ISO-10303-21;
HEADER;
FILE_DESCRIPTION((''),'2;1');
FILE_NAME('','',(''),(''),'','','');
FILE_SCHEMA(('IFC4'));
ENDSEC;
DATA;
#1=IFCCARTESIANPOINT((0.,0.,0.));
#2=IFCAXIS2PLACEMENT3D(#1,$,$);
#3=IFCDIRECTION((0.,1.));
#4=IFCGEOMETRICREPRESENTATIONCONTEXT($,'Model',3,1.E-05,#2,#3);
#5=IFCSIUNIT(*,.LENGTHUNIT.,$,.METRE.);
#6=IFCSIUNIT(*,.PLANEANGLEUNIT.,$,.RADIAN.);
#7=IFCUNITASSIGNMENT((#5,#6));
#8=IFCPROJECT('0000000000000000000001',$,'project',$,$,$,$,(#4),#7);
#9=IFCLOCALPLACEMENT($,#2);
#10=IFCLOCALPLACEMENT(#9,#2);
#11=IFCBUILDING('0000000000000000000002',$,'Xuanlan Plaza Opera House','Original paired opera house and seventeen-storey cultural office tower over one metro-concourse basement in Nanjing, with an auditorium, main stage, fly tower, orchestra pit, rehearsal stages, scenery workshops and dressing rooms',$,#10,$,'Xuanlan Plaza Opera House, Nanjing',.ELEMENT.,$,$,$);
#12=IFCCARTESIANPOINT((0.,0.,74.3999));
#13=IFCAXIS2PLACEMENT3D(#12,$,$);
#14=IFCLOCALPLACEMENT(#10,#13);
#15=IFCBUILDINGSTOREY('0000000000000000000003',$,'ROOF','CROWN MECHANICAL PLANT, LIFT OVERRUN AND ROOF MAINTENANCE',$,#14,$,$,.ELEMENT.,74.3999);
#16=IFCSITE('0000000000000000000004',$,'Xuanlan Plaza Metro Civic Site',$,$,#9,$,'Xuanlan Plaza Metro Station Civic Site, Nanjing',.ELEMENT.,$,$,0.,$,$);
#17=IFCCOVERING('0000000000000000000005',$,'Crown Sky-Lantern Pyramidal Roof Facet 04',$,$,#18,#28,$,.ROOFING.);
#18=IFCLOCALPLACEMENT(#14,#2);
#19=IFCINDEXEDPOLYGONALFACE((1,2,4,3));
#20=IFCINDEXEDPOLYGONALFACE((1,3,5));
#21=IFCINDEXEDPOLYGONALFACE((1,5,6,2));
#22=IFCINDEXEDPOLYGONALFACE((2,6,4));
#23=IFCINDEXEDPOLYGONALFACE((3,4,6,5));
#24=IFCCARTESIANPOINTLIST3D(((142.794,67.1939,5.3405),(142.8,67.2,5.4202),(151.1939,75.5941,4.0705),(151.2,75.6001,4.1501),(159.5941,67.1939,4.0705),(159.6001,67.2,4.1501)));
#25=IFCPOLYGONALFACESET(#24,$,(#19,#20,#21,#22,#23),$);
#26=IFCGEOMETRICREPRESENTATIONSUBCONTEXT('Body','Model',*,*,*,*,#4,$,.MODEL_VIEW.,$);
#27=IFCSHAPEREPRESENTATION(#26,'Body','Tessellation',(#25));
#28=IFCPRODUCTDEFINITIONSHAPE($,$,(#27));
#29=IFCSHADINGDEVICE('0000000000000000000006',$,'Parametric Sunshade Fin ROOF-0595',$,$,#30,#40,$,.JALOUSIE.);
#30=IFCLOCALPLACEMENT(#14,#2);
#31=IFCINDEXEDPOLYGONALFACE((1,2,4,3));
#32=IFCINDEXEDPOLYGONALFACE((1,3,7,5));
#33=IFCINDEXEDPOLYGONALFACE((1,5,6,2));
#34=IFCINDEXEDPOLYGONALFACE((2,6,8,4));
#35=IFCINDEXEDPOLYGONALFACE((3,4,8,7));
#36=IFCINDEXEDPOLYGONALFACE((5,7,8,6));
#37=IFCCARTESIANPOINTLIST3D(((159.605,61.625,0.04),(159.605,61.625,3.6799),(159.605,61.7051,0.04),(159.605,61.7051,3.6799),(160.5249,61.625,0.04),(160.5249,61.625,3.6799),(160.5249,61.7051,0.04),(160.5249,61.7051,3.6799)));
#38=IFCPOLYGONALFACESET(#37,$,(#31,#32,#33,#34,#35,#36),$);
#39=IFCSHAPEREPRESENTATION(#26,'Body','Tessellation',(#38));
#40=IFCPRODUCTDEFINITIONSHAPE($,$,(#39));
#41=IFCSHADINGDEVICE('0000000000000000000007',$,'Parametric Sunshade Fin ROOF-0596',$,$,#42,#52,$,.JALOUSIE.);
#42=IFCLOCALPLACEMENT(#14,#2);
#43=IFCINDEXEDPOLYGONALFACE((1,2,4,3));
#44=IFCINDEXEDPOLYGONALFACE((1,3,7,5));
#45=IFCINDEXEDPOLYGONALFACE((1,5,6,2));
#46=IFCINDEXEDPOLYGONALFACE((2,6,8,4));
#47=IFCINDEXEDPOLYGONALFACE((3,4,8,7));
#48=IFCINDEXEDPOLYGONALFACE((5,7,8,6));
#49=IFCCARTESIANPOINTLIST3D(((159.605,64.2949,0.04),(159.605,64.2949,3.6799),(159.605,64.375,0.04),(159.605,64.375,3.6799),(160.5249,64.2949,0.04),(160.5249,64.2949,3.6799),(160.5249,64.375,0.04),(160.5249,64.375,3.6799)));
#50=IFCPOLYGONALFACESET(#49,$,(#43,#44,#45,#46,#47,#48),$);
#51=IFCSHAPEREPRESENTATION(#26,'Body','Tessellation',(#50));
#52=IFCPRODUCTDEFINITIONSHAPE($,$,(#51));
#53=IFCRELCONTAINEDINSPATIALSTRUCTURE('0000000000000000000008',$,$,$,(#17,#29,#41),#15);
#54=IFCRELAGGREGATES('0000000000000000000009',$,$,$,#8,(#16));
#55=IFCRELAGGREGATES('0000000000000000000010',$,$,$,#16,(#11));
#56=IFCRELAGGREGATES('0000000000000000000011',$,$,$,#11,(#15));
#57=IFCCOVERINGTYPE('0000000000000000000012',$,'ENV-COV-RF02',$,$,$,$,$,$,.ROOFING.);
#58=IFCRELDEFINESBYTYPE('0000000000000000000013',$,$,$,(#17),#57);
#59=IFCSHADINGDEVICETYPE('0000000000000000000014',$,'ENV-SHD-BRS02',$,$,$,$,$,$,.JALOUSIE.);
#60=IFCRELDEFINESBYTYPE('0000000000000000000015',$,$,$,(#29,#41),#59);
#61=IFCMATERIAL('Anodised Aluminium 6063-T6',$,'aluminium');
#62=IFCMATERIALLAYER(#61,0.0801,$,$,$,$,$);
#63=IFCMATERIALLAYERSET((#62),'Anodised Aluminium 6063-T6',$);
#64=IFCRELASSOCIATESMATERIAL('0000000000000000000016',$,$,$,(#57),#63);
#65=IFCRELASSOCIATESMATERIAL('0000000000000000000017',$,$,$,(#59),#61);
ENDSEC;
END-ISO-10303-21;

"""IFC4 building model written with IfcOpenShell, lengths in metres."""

from ifc_helpers import new_model, si_unit, direction, frame, origin, origin_2d, place, context, subcontext, project, spatial, polyline, rectangle, outline, extrude, material, layer, layer_set, type_object, element, save


model = new_model("IFC4")

# Units and contexts
model_context = context("Model", 3, precision=1e-05, world=origin(), true_north=direction((0.0, 1.0)))
body_context = subcontext(model_context, "Body", "Model", "MODEL_VIEW")
ifc_project = project(units=[si_unit("LENGTHUNIT", "METRE"), si_unit("PLANEANGLEUNIT", "RADIAN")], contexts=[model_context])

# Site, building, storey
site_placement = place(None, origin())
site = spatial("IfcSite", under=ifc_project, at=site_placement, Name="Xuanlan Plaza Metro Civic Site", LongName="Xuanlan Plaza Metro Station Civic Site, Nanjing", CompositionType="ELEMENT", RefElevation=0.0)
building_placement = place(site_placement, origin())
building = spatial("IfcBuilding", under=site, at=building_placement, Name="Xuanlan Plaza Opera House", Description="Original paired opera house and seventeen-storey cultural office tower over one metro-concourse basement in Nanjing, with an auditorium, main stage, fly tower, orchestra pit, rehearsal stages, scenery workshops and dressing rooms", LongName="Xuanlan Plaza Opera House, Nanjing", CompositionType="ELEMENT")
storey_placement = place(building_placement, frame((0.0, 0.0, 74.3999)))
storey = spatial("IfcBuildingStorey", under=building, at=storey_placement, Name="ROOF", Description="CROWN MECHANICAL PLANT, LIFT OVERRUN AND ROOF MAINTENANCE", CompositionType="ELEMENT", Elevation=74.3999)

# Shared definitions
ifc_material_1 = material(Name="Anodised Aluminium 6063-T6", Category="aluminium")

# Covering
ifc_layer_1 = layer(ifc_material_1, 0.0801)
ifc_layer_set_1 = layer_set([ifc_layer_1], Name="Anodised Aluminium 6063-T6")
covering_type = type_object("IfcCoveringType", Name="ENV-COV-RF02", PredefinedType="ROOFING", material=ifc_layer_set_1)
covering_placement = place(storey_placement, frame((159.6001, 67.2, 4.1501), z_axis=(0.075168, 0.075168, 0.994334), x_axis=(-0.707107, 0.707107, 0.0)))
element("IfcCovering", 1, at=covering_placement, inside=storey, type_object=covering_type, Name="Crown Sky-Lantern Pyramidal Roof Facet 04", PredefinedType="ROOFING", context=body_context, shape_type="SweptSolid", body=[
    extrude(outline(polyline([(0.0, 0.0), (11.8796, 0.0), (11.8794, 11.9471), (0.0, 0.0)])), origin(), (0.0, 0.0, -1.0), 0.0801),
])

# Shading devices
shading_device_type = type_object("IfcShadingDeviceType", Name="ENV-SHD-BRS02", PredefinedType="JALOUSIE", material=ifc_material_1)
for number, where, z_axis, x_axis, name in (
    (2, (160.0649, 61.665, 0.04), (0.0, 0.0, 1.0), (1.0, 0.0, 0.0), "Parametric Sunshade Fin ROOF-0595"),
    (3, (160.0649, 64.335, 0.04), (0.0, 0.0, 1.0), (1.0, 0.0, 0.0), "Parametric Sunshade Fin ROOF-0596"),
):
    element("IfcShadingDevice", number, at=place(storey_placement, frame(where, z_axis=z_axis, x_axis=x_axis)), inside=storey, type_object=shading_device_type, Name=name, PredefinedType="JALOUSIE", context=body_context, shape_type="SweptSolid", body=[
        extrude(rectangle(XDim=0.9199, YDim=0.0801, at=origin_2d()), origin(), (0.0, 0.0, 1.0), 3.6399),
    ])

save(model, "model.ifc")
